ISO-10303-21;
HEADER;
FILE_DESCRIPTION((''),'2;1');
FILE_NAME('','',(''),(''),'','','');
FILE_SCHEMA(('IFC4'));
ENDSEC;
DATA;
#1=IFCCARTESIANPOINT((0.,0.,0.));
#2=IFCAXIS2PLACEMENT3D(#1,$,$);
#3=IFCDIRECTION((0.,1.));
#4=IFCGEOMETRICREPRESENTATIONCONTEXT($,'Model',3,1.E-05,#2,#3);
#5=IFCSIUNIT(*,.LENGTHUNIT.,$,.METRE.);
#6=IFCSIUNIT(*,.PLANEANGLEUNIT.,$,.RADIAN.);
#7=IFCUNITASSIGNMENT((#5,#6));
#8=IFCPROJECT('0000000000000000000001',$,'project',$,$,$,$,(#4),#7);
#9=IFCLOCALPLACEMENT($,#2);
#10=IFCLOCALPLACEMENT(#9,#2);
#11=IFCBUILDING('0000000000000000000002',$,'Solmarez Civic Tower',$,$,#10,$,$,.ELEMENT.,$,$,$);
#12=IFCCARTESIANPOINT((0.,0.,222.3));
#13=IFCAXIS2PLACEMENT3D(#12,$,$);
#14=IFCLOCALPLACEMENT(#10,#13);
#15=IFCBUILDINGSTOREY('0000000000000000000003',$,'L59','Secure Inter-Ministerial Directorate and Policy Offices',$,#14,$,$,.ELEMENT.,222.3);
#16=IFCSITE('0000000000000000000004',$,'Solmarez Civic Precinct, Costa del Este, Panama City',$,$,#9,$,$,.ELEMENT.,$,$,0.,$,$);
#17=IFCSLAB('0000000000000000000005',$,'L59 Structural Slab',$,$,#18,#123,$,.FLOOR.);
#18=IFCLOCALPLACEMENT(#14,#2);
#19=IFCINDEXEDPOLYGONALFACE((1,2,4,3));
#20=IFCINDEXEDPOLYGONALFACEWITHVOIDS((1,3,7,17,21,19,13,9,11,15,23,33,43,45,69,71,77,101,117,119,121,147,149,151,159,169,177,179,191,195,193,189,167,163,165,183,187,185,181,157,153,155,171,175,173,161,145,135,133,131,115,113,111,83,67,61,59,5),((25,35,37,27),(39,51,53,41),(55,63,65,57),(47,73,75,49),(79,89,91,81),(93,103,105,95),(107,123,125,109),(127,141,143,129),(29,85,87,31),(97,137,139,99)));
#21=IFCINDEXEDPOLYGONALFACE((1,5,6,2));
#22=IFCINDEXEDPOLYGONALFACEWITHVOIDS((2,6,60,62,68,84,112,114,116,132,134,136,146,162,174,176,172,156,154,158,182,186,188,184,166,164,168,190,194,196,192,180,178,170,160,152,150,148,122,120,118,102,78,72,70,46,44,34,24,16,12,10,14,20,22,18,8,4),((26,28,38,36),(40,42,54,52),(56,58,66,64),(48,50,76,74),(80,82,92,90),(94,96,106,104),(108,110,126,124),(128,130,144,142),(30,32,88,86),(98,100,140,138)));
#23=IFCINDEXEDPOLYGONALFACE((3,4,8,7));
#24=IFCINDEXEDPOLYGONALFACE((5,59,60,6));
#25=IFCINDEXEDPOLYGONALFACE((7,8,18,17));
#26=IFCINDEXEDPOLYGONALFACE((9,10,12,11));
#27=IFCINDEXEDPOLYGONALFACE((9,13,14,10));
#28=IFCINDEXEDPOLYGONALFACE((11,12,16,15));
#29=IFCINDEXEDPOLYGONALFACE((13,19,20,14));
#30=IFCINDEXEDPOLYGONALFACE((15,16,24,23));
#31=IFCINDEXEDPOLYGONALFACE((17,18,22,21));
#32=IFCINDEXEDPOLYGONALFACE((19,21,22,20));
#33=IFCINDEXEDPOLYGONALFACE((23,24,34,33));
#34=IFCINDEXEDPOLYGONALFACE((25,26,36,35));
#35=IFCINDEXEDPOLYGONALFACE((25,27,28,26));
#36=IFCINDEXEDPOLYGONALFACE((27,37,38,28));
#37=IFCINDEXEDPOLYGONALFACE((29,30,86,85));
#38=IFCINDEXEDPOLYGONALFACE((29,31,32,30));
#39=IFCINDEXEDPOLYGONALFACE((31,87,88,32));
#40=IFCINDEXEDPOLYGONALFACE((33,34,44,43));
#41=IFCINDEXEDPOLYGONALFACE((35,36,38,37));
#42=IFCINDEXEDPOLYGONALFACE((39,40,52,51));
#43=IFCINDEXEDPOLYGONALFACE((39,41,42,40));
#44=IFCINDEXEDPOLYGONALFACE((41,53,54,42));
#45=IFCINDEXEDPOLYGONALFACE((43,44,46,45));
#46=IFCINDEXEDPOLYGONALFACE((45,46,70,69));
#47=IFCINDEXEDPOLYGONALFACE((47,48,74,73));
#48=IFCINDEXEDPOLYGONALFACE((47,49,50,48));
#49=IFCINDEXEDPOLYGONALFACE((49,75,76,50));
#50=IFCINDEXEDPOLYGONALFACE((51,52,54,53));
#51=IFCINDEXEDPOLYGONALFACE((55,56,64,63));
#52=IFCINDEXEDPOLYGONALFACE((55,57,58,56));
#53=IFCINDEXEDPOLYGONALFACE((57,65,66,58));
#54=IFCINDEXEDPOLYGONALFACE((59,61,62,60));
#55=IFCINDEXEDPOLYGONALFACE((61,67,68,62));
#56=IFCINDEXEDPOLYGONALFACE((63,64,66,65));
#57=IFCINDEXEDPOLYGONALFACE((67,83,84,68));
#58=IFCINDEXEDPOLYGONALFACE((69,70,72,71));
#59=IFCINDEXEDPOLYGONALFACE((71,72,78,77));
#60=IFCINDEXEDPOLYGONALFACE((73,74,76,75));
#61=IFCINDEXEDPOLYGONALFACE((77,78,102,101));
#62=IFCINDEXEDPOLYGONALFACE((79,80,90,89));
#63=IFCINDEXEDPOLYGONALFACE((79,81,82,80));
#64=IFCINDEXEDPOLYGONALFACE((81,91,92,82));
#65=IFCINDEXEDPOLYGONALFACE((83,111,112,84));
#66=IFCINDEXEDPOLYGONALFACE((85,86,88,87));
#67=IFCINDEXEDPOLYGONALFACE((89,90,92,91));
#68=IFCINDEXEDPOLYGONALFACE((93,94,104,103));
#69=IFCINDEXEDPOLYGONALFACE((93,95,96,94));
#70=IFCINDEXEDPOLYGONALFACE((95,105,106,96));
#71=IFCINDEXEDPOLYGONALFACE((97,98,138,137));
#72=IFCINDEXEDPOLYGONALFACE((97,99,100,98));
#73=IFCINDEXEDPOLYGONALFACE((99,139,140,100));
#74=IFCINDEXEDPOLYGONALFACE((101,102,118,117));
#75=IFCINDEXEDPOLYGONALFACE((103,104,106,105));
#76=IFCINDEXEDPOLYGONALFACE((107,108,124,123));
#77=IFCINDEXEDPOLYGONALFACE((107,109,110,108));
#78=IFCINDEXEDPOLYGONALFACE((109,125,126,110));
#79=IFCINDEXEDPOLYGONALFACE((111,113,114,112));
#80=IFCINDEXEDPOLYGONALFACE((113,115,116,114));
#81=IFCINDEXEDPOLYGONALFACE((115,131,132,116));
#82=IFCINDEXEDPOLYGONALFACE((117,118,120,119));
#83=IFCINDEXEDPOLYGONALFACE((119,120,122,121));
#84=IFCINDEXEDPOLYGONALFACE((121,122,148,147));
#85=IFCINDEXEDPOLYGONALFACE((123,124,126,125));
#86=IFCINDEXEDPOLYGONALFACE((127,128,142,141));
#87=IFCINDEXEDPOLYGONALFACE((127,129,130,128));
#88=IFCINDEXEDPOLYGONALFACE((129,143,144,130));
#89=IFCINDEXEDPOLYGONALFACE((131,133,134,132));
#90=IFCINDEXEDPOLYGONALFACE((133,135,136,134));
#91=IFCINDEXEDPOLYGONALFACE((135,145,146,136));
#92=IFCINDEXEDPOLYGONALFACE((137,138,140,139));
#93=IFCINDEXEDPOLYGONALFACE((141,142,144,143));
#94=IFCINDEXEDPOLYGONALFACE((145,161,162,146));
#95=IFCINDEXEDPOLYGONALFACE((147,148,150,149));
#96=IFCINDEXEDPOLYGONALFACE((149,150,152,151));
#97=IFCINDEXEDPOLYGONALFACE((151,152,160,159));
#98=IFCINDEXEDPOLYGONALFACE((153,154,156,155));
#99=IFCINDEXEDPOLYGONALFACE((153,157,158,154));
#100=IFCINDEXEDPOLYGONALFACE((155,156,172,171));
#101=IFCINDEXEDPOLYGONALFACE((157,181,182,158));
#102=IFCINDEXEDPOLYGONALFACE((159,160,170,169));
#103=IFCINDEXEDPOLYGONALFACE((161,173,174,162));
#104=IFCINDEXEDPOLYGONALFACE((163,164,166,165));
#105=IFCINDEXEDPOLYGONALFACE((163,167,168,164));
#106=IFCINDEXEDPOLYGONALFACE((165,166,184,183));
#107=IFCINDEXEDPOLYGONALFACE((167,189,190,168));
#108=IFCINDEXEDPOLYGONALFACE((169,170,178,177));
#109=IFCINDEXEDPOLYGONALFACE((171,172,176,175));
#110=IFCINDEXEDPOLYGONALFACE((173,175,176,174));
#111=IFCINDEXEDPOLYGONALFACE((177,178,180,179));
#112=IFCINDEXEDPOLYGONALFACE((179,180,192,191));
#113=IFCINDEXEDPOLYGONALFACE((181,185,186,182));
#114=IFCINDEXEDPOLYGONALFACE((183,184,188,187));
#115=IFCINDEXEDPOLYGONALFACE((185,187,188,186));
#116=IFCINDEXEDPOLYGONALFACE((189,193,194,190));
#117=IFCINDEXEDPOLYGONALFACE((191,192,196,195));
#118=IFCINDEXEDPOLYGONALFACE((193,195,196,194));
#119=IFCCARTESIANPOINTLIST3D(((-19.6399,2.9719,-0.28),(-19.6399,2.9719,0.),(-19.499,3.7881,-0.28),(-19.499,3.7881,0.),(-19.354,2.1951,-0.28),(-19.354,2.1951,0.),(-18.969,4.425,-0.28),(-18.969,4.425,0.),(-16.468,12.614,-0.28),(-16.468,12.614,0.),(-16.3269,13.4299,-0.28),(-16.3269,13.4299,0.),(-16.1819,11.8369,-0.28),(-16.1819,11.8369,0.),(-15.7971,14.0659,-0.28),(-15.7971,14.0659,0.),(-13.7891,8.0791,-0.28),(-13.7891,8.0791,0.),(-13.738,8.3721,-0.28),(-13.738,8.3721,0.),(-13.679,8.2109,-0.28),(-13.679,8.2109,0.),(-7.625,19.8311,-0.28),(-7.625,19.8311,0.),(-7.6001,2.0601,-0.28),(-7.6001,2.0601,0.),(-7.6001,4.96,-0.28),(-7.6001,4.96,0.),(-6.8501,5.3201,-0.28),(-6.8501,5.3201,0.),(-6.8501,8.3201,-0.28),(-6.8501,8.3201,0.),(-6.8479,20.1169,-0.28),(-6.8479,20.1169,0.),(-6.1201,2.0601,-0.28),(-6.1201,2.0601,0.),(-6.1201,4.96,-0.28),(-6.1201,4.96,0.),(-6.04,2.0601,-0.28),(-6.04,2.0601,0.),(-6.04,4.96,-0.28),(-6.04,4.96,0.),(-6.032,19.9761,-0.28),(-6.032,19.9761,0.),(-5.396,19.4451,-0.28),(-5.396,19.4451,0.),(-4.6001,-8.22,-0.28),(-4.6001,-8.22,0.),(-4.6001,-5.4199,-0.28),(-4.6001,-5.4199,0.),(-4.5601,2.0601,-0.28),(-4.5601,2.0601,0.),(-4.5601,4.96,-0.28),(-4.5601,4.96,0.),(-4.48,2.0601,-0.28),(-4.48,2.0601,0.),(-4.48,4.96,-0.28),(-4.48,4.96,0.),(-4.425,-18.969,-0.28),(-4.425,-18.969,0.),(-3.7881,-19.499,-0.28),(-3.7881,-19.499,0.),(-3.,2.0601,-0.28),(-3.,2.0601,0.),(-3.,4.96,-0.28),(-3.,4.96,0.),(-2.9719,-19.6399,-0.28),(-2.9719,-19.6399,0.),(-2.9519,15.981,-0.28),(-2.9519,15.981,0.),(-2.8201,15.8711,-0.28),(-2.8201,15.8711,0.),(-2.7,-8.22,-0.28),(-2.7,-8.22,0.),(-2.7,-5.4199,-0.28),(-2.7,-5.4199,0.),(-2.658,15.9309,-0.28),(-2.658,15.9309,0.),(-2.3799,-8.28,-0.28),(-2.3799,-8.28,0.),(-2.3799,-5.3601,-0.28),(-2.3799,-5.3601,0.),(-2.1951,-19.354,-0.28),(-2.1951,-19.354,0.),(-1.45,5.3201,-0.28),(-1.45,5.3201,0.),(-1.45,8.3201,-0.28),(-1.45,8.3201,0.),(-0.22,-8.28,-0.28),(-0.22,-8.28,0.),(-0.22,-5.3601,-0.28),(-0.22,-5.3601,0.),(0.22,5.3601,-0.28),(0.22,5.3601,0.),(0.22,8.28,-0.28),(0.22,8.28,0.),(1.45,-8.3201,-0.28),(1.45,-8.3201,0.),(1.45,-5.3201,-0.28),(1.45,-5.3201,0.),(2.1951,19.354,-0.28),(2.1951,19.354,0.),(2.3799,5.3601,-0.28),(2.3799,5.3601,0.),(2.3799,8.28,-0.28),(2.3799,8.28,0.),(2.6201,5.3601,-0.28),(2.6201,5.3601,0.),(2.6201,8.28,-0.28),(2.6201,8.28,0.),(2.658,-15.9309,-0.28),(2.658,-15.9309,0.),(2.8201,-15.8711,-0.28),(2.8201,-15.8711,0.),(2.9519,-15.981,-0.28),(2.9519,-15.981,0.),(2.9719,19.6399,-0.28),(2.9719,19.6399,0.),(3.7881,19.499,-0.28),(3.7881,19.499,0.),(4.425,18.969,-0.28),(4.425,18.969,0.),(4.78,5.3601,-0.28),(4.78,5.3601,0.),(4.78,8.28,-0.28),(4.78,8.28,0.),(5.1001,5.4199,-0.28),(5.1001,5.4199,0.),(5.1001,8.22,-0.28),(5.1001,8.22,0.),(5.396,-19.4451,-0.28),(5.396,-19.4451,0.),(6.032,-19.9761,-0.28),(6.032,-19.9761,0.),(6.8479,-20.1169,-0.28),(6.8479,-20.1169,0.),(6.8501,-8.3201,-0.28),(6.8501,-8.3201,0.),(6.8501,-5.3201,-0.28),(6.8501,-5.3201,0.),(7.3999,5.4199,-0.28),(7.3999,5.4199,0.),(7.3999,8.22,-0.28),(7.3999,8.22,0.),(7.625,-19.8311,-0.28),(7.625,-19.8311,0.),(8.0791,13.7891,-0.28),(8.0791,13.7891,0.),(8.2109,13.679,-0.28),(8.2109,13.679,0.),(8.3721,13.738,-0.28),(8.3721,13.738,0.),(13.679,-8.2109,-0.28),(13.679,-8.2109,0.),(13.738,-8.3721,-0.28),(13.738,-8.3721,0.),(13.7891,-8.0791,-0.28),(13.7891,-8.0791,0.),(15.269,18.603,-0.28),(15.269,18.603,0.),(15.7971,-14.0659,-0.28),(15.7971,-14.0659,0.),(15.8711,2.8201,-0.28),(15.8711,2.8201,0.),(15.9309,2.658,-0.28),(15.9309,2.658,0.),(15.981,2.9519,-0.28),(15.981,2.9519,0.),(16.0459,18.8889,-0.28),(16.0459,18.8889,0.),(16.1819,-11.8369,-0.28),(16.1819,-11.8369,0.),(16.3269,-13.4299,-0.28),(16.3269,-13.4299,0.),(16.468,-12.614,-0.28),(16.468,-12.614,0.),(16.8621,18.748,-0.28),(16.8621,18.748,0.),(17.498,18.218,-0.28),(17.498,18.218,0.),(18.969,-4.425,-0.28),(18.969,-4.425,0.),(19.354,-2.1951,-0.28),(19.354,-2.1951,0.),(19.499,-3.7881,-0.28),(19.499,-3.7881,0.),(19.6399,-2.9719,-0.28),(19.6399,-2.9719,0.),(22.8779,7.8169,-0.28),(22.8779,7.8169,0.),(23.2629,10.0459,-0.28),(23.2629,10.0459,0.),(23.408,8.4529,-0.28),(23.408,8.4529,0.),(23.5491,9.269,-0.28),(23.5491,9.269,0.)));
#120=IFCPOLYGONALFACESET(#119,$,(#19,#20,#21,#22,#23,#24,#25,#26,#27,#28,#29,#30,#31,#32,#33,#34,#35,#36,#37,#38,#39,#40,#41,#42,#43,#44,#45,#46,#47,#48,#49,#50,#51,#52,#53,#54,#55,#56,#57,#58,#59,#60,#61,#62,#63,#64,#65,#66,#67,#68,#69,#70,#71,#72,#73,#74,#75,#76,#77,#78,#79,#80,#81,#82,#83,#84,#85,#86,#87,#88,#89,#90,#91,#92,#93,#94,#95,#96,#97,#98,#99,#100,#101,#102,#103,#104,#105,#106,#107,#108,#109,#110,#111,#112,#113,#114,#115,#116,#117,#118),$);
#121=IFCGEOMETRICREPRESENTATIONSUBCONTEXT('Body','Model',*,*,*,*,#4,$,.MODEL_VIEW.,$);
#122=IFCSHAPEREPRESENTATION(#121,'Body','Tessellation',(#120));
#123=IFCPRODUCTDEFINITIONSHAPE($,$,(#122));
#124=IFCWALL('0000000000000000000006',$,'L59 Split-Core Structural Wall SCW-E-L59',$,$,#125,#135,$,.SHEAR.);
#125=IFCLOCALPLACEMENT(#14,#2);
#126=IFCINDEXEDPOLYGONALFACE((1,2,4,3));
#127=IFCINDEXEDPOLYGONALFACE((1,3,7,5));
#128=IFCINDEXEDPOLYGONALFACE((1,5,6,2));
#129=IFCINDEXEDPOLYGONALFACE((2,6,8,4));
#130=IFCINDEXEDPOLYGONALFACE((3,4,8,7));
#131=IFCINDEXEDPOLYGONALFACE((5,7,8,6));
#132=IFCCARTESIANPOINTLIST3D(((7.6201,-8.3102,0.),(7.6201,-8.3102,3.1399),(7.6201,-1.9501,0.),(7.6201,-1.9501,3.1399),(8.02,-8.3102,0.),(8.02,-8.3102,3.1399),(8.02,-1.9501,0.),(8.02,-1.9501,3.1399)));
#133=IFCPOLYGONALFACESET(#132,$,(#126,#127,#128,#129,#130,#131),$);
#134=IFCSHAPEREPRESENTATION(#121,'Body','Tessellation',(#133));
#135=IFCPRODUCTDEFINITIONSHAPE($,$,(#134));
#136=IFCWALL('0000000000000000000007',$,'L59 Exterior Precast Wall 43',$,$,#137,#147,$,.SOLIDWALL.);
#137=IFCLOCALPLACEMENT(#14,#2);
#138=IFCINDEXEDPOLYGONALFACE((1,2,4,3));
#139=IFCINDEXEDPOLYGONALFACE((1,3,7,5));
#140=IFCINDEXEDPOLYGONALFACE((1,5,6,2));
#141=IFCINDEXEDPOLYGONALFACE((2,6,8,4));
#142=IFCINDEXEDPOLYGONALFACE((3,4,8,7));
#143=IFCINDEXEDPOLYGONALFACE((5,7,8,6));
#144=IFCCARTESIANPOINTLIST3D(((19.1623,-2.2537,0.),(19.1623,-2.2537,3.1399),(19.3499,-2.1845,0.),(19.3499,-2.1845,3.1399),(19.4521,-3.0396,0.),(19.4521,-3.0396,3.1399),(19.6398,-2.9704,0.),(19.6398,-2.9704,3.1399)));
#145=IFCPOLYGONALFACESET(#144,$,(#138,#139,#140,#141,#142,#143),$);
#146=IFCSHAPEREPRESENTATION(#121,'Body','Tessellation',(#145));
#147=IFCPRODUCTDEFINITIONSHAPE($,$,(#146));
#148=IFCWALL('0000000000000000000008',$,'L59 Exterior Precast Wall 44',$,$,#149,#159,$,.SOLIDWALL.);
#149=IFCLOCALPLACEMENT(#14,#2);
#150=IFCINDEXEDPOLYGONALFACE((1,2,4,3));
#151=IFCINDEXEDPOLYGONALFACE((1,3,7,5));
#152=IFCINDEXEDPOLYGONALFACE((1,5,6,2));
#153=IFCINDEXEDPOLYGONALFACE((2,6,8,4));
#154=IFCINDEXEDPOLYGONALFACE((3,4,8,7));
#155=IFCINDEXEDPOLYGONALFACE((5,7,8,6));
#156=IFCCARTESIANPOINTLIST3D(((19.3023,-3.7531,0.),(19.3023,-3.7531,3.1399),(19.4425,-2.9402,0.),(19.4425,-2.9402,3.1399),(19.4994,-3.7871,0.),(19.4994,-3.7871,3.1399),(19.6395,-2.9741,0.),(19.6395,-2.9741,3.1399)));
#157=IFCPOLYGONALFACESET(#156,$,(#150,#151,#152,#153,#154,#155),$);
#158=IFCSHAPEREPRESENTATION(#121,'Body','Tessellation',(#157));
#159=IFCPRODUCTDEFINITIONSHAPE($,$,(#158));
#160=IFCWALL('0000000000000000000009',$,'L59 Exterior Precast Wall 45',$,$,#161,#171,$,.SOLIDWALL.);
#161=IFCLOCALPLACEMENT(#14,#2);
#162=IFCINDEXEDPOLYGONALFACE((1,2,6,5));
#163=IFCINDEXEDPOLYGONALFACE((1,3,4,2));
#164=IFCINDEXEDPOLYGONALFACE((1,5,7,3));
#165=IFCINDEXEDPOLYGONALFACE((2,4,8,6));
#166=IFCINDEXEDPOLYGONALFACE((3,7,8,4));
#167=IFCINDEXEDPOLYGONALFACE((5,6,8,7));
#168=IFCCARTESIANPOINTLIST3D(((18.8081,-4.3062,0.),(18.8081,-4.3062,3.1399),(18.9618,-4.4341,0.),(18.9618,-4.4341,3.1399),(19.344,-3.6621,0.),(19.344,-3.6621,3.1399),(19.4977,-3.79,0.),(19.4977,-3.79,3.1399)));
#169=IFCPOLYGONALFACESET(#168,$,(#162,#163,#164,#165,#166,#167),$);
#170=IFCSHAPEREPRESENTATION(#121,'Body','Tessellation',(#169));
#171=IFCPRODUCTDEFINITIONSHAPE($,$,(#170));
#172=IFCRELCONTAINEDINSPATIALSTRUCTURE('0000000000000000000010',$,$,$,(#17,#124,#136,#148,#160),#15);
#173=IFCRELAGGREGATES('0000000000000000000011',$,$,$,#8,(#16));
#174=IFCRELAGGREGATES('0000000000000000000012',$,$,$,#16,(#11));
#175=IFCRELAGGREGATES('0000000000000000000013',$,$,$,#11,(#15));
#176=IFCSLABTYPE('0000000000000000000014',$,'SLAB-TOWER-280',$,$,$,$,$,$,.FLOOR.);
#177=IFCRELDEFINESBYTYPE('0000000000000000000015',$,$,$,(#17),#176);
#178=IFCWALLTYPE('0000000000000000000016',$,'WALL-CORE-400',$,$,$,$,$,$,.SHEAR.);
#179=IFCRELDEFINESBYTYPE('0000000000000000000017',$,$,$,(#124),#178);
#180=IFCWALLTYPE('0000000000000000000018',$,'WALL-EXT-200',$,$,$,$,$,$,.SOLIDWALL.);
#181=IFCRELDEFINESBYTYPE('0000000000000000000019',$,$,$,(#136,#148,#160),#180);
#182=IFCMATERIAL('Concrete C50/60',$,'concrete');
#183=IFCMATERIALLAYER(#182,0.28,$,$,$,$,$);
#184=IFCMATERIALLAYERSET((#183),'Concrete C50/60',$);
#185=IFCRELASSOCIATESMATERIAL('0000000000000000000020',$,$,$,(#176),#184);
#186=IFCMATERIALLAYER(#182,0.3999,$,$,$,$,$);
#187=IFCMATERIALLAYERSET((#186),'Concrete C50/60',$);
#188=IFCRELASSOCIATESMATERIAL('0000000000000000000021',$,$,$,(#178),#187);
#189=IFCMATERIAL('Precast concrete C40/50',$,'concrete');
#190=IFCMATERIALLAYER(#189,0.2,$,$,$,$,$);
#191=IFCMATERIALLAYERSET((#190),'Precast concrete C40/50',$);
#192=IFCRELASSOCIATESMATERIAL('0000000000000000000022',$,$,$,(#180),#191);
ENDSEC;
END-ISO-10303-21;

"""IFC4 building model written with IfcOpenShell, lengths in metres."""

from ifc_helpers import new_model, si_unit, direction, frame, frame_2d, origin, place, context, subcontext, project, spatial, polyline, rectangle, outline, extrude, material, layer, layer_set, type_object, element, save


model = new_model("IFC4")

# Units and contexts
model_context = context("Model", 3, precision=1e-05, world=origin(), true_north=direction((0.0, 1.0)))
body_context = subcontext(model_context, "Body", "Model", "MODEL_VIEW")
ifc_project = project(units=[si_unit("LENGTHUNIT", "METRE"), si_unit("PLANEANGLEUNIT", "RADIAN")], contexts=[model_context])

# Site, building, storey
site_placement = place(None, origin())
site = spatial("IfcSite", under=ifc_project, at=site_placement, Name="Solmarez Civic Precinct, Costa del Este, Panama City", CompositionType="ELEMENT", RefElevation=0.0)
building_placement = place(site_placement, origin())
building = spatial("IfcBuilding", under=site, at=building_placement, Name="Solmarez Civic Tower", CompositionType="ELEMENT")
storey_placement = place(building_placement, frame((0.0, 0.0, 222.3)))
storey = spatial("IfcBuildingStorey", under=building, at=storey_placement, Name="L59", Description="Secure Inter-Ministerial Directorate and Policy Offices", CompositionType="ELEMENT", Elevation=222.3)

# Shared definitions
ifc_material_1 = material(Name="Concrete C50/60", Category="concrete")

# Slab
ifc_layer_1 = layer(ifc_material_1, 0.28)
ifc_layer_set_1 = layer_set([ifc_layer_1], Name="Concrete C50/60")
slab_type = type_object("IfcSlabType", Name="SLAB-TOWER-280", PredefinedType="FLOOR", material=ifc_layer_set_1)
slab_placement = place(storey_placement, frame((0.0, 0.0, -0.28)))
element("IfcSlab", 1, at=slab_placement, inside=storey, type_object=slab_type, Name="L59 Structural Slab", PredefinedType="FLOOR", context=body_context, shape_type="SweptSolid", body=[
    extrude(outline(polyline([(2.9519, -15.981), (5.396, -19.4451), (6.032, -19.9761), (6.8479, -20.1169), (7.625, -19.8311), (15.7971, -14.0659), (16.3269, -13.4299), (16.468, -12.614), (16.1819, -11.8369), (13.738, -8.3721), (13.679, -8.2109), (13.7891, -8.0791), (18.969, -4.425), (19.499, -3.7881), (19.6399, -2.9719), (19.354, -2.1951), (15.9309, 2.658), (15.8711, 2.8201), (15.981, 2.9519), (22.8779, 7.8169), (23.408, 8.4529), (23.5491, 9.269), (23.2629, 10.0459), (17.498, 18.218), (16.8621, 18.748), (16.0459, 18.8889), (15.269, 18.603), (8.3721, 13.738), (8.2109, 13.679), (8.0791, 13.7891), (4.425, 18.969), (3.7881, 19.499), (2.9719, 19.6399), (2.1951, 19.354), (-2.658, 15.9309), (-2.8201, 15.8711), (-2.9519, 15.981), (-5.396, 19.4451), (-6.032, 19.9761), (-6.8479, 20.1169), (-7.625, 19.8311), (-15.7971, 14.0659), (-16.3269, 13.4299), (-16.468, 12.614), (-16.1819, 11.8369), (-13.738, 8.3721), (-13.679, 8.2109), (-13.7891, 8.0791), (-18.969, 4.425), (-19.499, 3.7881), (-19.6399, 2.9719), (-19.354, 2.1951), (-4.425, -18.969), (-3.7881, -19.499), (-2.9719, -19.6399), (-2.1951, -19.354), (2.658, -15.9309), (2.8201, -15.8711), (2.9519, -15.981)]), holes=[polyline([(-1.45, 8.3201), (-6.8501, 8.3201), (-6.8501, 5.3201), (-1.45, 5.3201), (-1.45, 8.3201)]), polyline([(1.45, -8.3201), (6.8501, -8.3201), (6.8501, -5.3201), (1.45, -5.3201), (1.45, -8.3201)]), polyline([(0.22, 5.3601), (2.3799, 5.3601), (2.3799, 8.28), (0.22, 8.28), (0.22, 5.3601)]), polyline([(2.6201, 5.3601), (4.78, 5.3601), (4.78, 8.28), (2.6201, 8.28), (2.6201, 5.3601)]), polyline([(-2.3799, -8.28), (-0.22, -8.28), (-0.22, -5.3601), (-2.3799, -5.3601), (-2.3799, -8.28)]), polyline([(-7.6001, 2.0601), (-6.1201, 2.0601), (-6.1201, 4.96), (-7.6001, 4.96), (-7.6001, 2.0601)]), polyline([(-6.04, 2.0601), (-4.5601, 2.0601), (-4.5601, 4.96), (-6.04, 4.96), (-6.04, 2.0601)]), polyline([(-4.48, 2.0601), (-3.0, 2.0601), (-3.0, 4.96), (-4.48, 4.96), (-4.48, 2.0601)]), polyline([(5.1001, 5.4199), (7.3999, 5.4199), (7.3999, 8.22), (5.1001, 8.22), (5.1001, 5.4199)]), polyline([(-4.6001, -8.22), (-2.7, -8.22), (-2.7, -5.4199), (-4.6001, -5.4199), (-4.6001, -8.22)])]), origin(), (0.0, 0.0, 1.0), 0.28),
])

# Walls
ifc_layer_2 = layer(ifc_material_1, 0.3999)
ifc_layer_set_2 = layer_set([ifc_layer_2], Name="Concrete C50/60")
wall_type_1 = type_object("IfcWallType", Name="WALL-CORE-400", PredefinedType="SHEAR", material=ifc_layer_set_2)
wall_1_placement = place(storey_placement, frame((7.8201, -1.95, 0.0), z_axis=(0.0, 0.0, 1.0), x_axis=(0.0, -1.0, 0.0)))
element("IfcWall", 2, at=wall_1_placement, inside=storey, type_object=wall_type_1, Name="L59 Split-Core Structural Wall SCW-E-L59", PredefinedType="SHEAR", context=body_context, shape_type="SweptSolid", body=[
    extrude(rectangle(XDim=6.3601, YDim=0.3999, at=frame_2d((3.1802, 0.0))), origin(), (0.0, 0.0, 1.0), 3.1399),
])
ifc_material_2 = material(Name="Precast concrete C40/50", Category="concrete")
ifc_layer_3 = layer(ifc_material_2, 0.2)
ifc_layer_set_3 = layer_set([ifc_layer_3], Name="Precast concrete C40/50")
wall_type_2 = type_object("IfcWallType", Name="WALL-EXT-200", PredefinedType="SOLIDWALL", material=ifc_layer_set_3)
wall_2_placement = place(storey_placement, frame((19.2561, -2.219, 0.0), z_axis=(0.0, 0.0, 1.0), x_axis=(0.345975, -0.938244, 0.0)))
element("IfcWall", 3, at=wall_2_placement, inside=storey, type_object=wall_type_2, Name="L59 Exterior Precast Wall 43", PredefinedType="SOLIDWALL", context=body_context, shape_type="SweptSolid", body=[
    extrude(rectangle(XDim=0.8376, YDim=0.2, at=frame_2d((0.4189, 0.0))), origin(), (0.0, 0.0, 1.0), 3.1399),
])
wall_3_placement = place(storey_placement, frame((19.541, -2.957, 0.0), z_axis=(0.0, 0.0, 1.0), x_axis=(-0.169867, -0.985467, 0.0)))
element("IfcWall", 4, at=wall_3_placement, inside=storey, type_object=wall_type_2, Name="L59 Exterior Precast Wall 44", PredefinedType="SOLIDWALL", context=body_context, shape_type="SweptSolid", body=[
    extrude(rectangle(XDim=0.825, YDim=0.2, at=frame_2d((0.4126, 0.0))), origin(), (0.0, 0.0, 1.0), 3.1399),
])
wall_4_placement = place(storey_placement, frame((19.4209, -3.7261, 0.0), z_axis=(0.0, 0.0, 1.0), x_axis=(-0.639611, -0.768699, 0.0)))
element("IfcWall", 5, at=wall_4_placement, inside=storey, type_object=wall_type_2, Name="L59 Exterior Precast Wall 45", PredefinedType="SOLIDWALL", context=body_context, shape_type="SweptSolid", body=[
    extrude(rectangle(XDim=0.8379, YDim=0.2, at=frame_2d((0.4189, 0.0))), origin(), (0.0, 0.0, 1.0), 3.1399),
])

save(model, "model.ifc")
